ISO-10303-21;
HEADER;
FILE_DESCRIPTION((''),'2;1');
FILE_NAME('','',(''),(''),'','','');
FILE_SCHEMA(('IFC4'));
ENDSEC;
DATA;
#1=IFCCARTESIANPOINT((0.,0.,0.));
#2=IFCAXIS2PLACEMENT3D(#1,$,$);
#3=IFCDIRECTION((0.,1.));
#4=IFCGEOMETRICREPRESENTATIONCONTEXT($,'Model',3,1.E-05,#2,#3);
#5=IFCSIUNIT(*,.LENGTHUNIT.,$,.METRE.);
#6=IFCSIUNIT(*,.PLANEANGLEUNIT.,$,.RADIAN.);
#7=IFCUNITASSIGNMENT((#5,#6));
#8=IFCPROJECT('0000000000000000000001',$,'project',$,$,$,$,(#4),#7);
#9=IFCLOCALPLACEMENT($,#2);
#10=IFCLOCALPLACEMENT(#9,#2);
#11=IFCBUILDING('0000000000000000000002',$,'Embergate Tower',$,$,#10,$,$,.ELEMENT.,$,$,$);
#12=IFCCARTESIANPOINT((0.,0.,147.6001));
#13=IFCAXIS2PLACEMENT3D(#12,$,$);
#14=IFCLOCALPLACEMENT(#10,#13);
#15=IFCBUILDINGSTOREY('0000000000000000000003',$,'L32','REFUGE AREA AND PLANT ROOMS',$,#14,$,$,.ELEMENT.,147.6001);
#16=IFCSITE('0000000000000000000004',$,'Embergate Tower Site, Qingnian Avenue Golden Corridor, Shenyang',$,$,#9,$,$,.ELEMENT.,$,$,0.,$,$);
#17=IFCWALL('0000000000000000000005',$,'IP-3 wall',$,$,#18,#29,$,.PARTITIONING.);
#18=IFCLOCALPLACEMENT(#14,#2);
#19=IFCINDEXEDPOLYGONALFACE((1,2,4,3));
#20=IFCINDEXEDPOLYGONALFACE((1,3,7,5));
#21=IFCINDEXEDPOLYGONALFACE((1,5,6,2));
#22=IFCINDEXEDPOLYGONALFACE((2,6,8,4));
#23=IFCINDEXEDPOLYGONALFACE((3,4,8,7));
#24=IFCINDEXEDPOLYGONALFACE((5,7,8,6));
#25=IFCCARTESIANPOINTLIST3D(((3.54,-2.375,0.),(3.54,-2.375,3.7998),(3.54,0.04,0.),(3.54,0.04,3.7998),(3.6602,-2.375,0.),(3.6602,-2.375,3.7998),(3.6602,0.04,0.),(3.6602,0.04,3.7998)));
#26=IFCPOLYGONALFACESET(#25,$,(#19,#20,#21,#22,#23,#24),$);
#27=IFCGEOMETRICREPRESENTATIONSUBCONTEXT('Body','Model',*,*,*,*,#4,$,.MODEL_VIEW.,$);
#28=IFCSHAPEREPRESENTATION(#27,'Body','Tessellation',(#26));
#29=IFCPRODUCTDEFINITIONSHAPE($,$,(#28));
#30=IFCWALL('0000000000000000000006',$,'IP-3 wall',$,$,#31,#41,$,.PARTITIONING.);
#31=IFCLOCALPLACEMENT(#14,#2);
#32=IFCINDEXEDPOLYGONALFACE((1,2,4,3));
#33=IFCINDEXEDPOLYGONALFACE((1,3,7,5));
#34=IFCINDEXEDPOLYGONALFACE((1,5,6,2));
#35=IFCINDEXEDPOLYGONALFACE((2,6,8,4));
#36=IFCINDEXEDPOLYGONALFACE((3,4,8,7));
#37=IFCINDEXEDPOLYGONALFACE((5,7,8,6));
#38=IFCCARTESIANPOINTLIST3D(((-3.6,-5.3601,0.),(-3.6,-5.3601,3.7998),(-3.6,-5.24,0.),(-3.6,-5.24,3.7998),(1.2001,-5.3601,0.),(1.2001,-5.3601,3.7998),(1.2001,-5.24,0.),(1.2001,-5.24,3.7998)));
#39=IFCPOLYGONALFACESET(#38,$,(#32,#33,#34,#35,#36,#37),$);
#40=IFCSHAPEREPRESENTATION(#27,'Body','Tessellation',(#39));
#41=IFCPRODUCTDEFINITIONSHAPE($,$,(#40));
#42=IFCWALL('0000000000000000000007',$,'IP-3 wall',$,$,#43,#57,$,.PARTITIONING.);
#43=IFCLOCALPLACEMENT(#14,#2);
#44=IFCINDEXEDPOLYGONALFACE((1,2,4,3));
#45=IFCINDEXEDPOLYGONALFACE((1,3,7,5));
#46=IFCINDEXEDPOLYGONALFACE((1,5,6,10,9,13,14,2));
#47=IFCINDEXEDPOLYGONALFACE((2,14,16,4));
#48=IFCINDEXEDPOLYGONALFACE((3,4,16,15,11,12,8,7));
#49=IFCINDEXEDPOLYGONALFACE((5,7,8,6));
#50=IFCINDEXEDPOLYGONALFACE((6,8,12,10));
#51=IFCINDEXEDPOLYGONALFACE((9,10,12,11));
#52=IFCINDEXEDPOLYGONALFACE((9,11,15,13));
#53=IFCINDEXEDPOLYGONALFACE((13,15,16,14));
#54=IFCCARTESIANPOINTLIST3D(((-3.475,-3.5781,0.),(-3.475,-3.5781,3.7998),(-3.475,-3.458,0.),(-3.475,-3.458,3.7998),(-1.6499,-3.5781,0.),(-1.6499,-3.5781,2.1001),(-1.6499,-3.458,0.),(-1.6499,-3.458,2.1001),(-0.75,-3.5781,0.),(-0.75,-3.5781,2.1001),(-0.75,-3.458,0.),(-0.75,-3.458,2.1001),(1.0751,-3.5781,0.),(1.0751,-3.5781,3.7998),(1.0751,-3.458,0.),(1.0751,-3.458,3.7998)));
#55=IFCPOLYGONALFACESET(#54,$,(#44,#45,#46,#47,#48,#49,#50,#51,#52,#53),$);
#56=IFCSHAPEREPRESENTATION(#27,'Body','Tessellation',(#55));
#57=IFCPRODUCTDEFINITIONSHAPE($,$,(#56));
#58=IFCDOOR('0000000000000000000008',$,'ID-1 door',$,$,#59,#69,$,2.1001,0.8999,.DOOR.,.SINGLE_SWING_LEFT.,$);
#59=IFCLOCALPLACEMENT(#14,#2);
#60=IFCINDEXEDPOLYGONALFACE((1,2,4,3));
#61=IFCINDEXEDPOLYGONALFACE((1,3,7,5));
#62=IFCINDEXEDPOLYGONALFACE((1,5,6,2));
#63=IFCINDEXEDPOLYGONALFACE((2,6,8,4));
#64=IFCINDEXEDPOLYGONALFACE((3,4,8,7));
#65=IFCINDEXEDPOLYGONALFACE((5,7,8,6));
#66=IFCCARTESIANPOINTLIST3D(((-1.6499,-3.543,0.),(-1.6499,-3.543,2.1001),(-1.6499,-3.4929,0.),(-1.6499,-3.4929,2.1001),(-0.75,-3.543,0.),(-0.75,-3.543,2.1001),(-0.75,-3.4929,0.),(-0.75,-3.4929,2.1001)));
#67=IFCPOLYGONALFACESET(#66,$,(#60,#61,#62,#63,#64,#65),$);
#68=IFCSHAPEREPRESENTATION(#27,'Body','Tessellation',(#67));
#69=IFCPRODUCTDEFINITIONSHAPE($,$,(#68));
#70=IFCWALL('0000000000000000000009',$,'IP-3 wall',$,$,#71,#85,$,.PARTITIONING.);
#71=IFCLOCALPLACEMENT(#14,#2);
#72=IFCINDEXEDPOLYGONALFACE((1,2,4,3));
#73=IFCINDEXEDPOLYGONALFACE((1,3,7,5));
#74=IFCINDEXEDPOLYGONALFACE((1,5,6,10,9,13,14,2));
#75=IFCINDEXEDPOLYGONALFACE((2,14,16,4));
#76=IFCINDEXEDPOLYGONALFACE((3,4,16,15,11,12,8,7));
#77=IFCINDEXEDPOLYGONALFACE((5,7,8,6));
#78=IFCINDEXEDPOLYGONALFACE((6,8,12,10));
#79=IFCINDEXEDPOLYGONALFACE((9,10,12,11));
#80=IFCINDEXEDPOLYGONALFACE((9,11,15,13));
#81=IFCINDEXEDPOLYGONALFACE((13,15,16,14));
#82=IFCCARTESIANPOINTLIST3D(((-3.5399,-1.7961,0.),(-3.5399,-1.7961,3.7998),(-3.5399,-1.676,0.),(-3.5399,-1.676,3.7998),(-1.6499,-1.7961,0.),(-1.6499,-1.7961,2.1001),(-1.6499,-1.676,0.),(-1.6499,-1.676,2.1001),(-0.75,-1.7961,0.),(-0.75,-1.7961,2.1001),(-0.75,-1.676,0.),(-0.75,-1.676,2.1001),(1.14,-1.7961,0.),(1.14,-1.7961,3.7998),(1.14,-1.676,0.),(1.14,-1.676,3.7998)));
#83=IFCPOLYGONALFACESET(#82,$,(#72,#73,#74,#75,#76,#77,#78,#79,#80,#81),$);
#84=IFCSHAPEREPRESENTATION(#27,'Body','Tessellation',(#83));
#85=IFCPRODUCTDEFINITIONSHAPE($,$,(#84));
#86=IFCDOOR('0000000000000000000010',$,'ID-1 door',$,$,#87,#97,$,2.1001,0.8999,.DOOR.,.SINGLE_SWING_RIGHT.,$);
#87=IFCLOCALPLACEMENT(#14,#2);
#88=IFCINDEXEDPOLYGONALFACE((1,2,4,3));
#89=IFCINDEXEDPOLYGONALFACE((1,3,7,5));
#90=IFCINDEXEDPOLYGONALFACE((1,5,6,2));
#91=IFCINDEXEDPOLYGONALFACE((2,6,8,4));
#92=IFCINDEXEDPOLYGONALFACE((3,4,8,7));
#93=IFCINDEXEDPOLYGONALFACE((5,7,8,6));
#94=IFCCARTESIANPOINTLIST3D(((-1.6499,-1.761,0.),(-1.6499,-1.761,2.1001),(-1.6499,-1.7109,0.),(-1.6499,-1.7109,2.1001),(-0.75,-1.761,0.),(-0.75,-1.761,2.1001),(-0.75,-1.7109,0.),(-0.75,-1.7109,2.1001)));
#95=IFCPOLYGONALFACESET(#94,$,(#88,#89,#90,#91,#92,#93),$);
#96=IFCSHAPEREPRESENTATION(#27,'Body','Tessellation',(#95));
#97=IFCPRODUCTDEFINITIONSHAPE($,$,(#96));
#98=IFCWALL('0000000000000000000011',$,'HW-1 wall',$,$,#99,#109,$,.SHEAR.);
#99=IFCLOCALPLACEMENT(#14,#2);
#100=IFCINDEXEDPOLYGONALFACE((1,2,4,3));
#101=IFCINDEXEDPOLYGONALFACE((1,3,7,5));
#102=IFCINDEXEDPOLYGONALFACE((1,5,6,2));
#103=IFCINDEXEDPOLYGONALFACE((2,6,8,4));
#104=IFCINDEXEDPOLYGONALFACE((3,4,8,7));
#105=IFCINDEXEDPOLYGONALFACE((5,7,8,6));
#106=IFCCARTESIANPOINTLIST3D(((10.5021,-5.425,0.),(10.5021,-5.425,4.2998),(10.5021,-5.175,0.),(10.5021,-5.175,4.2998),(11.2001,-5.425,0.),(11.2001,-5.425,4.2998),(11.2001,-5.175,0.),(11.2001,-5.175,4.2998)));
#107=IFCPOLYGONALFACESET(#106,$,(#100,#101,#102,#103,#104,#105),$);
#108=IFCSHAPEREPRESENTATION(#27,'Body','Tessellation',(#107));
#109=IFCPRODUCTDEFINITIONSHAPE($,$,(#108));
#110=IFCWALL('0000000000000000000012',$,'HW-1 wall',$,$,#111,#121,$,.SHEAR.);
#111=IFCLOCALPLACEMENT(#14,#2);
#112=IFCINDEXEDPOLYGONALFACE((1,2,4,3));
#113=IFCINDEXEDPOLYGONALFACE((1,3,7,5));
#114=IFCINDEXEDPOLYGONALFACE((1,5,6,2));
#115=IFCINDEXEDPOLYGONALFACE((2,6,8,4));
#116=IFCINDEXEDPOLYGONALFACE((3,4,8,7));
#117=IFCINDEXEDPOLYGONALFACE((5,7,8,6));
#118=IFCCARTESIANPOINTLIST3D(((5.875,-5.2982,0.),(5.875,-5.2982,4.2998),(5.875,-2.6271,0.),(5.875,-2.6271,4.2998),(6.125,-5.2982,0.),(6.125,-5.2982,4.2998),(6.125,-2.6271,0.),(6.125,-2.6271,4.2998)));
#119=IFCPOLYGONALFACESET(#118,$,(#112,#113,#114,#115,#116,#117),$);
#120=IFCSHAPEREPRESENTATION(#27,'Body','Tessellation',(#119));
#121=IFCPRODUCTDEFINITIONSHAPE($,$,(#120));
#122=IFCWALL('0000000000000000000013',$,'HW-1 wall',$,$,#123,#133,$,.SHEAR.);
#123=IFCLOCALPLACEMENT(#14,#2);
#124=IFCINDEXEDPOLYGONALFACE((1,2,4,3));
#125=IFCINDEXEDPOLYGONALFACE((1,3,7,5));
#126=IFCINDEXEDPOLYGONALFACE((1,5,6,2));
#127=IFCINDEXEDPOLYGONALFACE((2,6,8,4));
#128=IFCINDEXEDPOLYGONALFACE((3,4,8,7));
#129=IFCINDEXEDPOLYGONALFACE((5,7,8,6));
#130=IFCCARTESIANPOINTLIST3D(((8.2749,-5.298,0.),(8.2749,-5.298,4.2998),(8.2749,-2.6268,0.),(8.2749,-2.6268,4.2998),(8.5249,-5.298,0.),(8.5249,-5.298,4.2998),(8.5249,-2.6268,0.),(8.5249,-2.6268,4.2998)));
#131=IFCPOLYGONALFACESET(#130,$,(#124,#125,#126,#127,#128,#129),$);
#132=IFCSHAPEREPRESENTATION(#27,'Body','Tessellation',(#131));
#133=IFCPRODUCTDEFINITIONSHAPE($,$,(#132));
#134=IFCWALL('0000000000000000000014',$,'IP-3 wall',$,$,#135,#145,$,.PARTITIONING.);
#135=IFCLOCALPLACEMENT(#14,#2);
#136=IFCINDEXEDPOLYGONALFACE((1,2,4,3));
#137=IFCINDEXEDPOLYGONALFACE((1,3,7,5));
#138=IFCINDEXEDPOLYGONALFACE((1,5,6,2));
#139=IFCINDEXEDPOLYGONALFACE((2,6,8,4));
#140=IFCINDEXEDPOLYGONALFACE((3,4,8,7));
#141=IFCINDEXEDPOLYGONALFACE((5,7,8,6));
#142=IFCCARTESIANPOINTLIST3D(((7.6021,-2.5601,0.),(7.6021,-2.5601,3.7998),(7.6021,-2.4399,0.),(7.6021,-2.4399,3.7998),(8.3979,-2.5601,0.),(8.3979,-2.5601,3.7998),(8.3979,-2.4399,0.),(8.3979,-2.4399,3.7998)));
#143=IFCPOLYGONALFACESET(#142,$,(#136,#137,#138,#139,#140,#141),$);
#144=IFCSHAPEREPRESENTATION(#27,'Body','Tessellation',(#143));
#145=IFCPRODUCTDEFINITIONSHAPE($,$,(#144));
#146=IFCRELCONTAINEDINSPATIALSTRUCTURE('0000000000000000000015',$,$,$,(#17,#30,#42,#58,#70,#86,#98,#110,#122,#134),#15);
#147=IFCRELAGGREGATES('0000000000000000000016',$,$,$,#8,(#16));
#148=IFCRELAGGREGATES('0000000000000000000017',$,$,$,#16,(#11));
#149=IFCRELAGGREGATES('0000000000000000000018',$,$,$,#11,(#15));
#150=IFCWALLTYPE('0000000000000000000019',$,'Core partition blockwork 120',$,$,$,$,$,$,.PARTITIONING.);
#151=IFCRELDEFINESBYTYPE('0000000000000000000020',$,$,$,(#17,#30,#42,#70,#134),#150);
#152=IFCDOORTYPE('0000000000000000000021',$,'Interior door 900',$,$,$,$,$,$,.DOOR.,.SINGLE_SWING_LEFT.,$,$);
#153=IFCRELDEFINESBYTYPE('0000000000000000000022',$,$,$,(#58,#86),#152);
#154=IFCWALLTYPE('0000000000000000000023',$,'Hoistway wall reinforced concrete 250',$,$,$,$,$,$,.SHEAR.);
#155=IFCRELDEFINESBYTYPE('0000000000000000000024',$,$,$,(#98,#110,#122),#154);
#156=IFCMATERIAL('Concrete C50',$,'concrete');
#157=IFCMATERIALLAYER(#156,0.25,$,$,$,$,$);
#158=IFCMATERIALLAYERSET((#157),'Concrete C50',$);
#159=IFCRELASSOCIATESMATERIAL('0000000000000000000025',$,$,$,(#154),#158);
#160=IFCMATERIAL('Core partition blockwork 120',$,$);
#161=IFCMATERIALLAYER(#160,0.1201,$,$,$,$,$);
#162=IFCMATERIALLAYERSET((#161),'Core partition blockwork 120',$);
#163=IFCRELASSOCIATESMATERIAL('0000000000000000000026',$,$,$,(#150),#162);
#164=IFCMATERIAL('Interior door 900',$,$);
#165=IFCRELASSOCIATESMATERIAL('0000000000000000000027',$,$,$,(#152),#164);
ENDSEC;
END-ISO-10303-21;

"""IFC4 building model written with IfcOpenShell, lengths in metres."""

from ifc_helpers import new_model, si_unit, direction, frame, frame_2d, origin, place, context, subcontext, project, spatial, rectangle, extrude, source, transform, mapped, material, layer, layer_set, type_object, element, fill, save


model = new_model("IFC4")

# Units and contexts
model_context = context("Model", 3, precision=1e-05, world=origin(), true_north=direction((0.0, 1.0)))
body_context = subcontext(model_context, "Body", "Model", "MODEL_VIEW")
ifc_project = project(units=[si_unit("LENGTHUNIT", "METRE"), si_unit("PLANEANGLEUNIT", "RADIAN")], contexts=[model_context])

# Site, building, storey
site_placement = place(None, origin())
site = spatial("IfcSite", under=ifc_project, at=site_placement, Name="Embergate Tower Site, Qingnian Avenue Golden Corridor, Shenyang", CompositionType="ELEMENT", RefElevation=0.0)
building_placement = place(site_placement, origin())
building = spatial("IfcBuilding", under=site, at=building_placement, Name="Embergate Tower", CompositionType="ELEMENT")
storey_placement = place(building_placement, frame((0.0, 0.0, 147.6001)))
storey = spatial("IfcBuildingStorey", under=building, at=storey_placement, Name="L32", Description="REFUGE AREA AND PLANT ROOMS", CompositionType="ELEMENT", Elevation=147.6001)

# Shared definitions
ifc_material_1 = material(Name="Concrete C50", Category="concrete")
ifc_layer_1 = layer(ifc_material_1, 0.25)
ifc_layer_set_1 = layer_set([ifc_layer_1], Name="Concrete C50")
wall_type_1 = type_object("IfcWallType", Name="Hoistway wall reinforced concrete 250", PredefinedType="SHEAR", material=ifc_layer_set_1)

# Walls
ifc_material_2 = material(Name="Core partition blockwork 120")
ifc_layer_2 = layer(ifc_material_2, 0.1201)
ifc_layer_set_2 = layer_set([ifc_layer_2], Name="Core partition blockwork 120")
wall_type_2 = type_object("IfcWallType", Name="Core partition blockwork 120", PredefinedType="PARTITIONING", material=ifc_layer_set_2)
shared_shape_1 = source(origin(), body_context, "Body", "SweptSolid", [
    extrude(rectangle(XDim=2.415, YDim=0.1201, at=frame_2d((1.2075, 0.0))), origin(), (0.0, 0.0, 1.0), 3.7998),
])
wall_1_placement = place(storey_placement, frame((3.6001, -2.375, 0.0), z_axis=(0.0, 0.0, 1.0), x_axis=(0.0, 1.0, 0.0)))
element("IfcWall", 1, at=wall_1_placement, inside=storey, type_object=wall_type_2, Name="IP-3 wall", PredefinedType="PARTITIONING", context=body_context, shape_type="MappedRepresentation", body=[
    mapped(shared_shape_1, transform((0.0, 0.0, 0.0))),
])
shared_shape_2 = source(origin(), body_context, "Body", "SweptSolid", [
    extrude(rectangle(XDim=4.8, YDim=0.1201, at=frame_2d((2.3999, 0.0))), origin(), (0.0, 0.0, 1.0), 3.7998),
])
wall_2_placement = place(storey_placement, frame((1.2, -5.3, 0.0), z_axis=(0.0, 0.0, 1.0), x_axis=(-1.0, 0.0, 0.0)))
element("IfcWall", 2, at=wall_2_placement, inside=storey, type_object=wall_type_2, Name="IP-3 wall", PredefinedType="PARTITIONING", context=body_context, shape_type="MappedRepresentation", body=[
    mapped(shared_shape_2, transform((0.0, 0.0, 0.0))),
])

# Walls, openings, doors
shared_shape_3 = source(origin(), body_context, "Body", "SweptSolid", [
    extrude(rectangle(XDim=4.55, YDim=0.1201, at=frame_2d((2.2749, 0.0))), origin(), (0.0, 0.0, 1.0), 3.7998),
])
wall_3_placement = place(storey_placement, frame((1.075, -3.5181, 0.0), z_axis=(0.0, 0.0, 1.0), x_axis=(-1.0, 0.0, 0.0)))
wall_3 = element("IfcWall", 3, at=wall_3_placement, inside=storey, type_object=wall_type_2, Name="IP-3 wall", PredefinedType="PARTITIONING", context=body_context, shape_type="MappedRepresentation", body=[
    mapped(shared_shape_3, transform((0.0, 0.0, 0.0))),
])
shared_shape_4 = source(origin(), body_context, "Body", "SweptSolid", [
    extrude(rectangle(XDim=0.8999, YDim=2.1001, at=frame_2d((0.45, 1.05))), frame((0.0, 0.0701, 0.0), z_axis=(0.0, -1.0, 0.0), x_axis=(1.0, 0.0, 0.0)), (0.0, 0.0, 1.0), 0.1401),
])
opening_1_placement = place(wall_3_placement, frame((1.825, 0.0, 0.0)))
opening_1 = element("IfcOpeningElement", 4, at=opening_1_placement, cuts=wall_3, PredefinedType="OPENING", context=body_context, shape_type="MappedRepresentation", body=[
    mapped(shared_shape_4, transform((0.0, 0.0, 0.0))),
])
ifc_material_3 = material(Name="Interior door 900")
door_type_1 = type_object("IfcDoorType", Name="Interior door 900", OperationType="SINGLE_SWING_LEFT", PredefinedType="DOOR", material=ifc_material_3)
shared_shape_5 = source(origin(), body_context, "Body", "SweptSolid", [
    extrude(rectangle(XDim=0.8999, YDim=2.1001, at=frame_2d((0.45, 1.05))), frame((0.0, 0.0249, 0.0), z_axis=(0.0, -1.0, 0.0), x_axis=(1.0, 0.0, 0.0)), (0.0, 0.0, 1.0), 0.05),
])
door_1_placement = place(opening_1_placement, origin())
door_1 = element("IfcDoor", 5, at=door_1_placement, inside=storey, type_object=door_type_1, Name="ID-1 door", OperationType="SINGLE_SWING_LEFT", OverallHeight=2.1001, OverallWidth=0.8999, PredefinedType="DOOR", context=body_context, shape_type="MappedRepresentation", body=[
    mapped(shared_shape_5, transform((0.0, 0.0, 0.0))),
])
fill(opening_1, door_1)
shared_shape_6 = source(origin(), body_context, "Body", "SweptSolid", [
    extrude(rectangle(XDim=4.6799, YDim=0.1201, at=frame_2d((2.3398, 0.0))), origin(), (0.0, 0.0, 1.0), 3.7998),
])
wall_4_placement = place(storey_placement, frame((1.1399, -1.7361, 0.0), z_axis=(0.0, 0.0, 1.0), x_axis=(-1.0, 0.0, 0.0)))
wall_4 = element("IfcWall", 6, at=wall_4_placement, inside=storey, type_object=wall_type_2, Name="IP-3 wall", PredefinedType="PARTITIONING", context=body_context, shape_type="MappedRepresentation", body=[
    mapped(shared_shape_6, transform((0.0, 0.0, 0.0))),
])
opening_2_placement = place(wall_4_placement, frame((1.8899, 0.0, 0.0)))
opening_2 = element("IfcOpeningElement", 7, at=opening_2_placement, cuts=wall_4, PredefinedType="OPENING", context=body_context, shape_type="MappedRepresentation", body=[
    mapped(shared_shape_4, transform((0.0, 0.0, 0.0))),
])
door_2_placement = place(opening_2_placement, origin())
door_2 = element("IfcDoor", 8, at=door_2_placement, inside=storey, type_object=door_type_1, Name="ID-1 door", OperationType="SINGLE_SWING_RIGHT", OverallHeight=2.1001, OverallWidth=0.8999, PredefinedType="DOOR", context=body_context, shape_type="MappedRepresentation", body=[
    mapped(shared_shape_5, transform((0.0, 0.0, 0.0))),
])
fill(opening_2, door_2)

# Walls
shared_shape_7 = source(origin(), body_context, "Body", "SweptSolid", [
    extrude(rectangle(XDim=0.698, YDim=0.25, at=frame_2d((0.3491, 0.0))), origin(), (0.0, 0.0, 1.0), 4.2998),
])
wall_5_placement = place(storey_placement, frame((10.502, -5.3, 0.0), z_axis=(0.0, 0.0, 1.0), x_axis=(1.0, 0.0, 0.0)))
element("IfcWall", 9, at=wall_5_placement, inside=storey, type_object=wall_type_1, Name="HW-1 wall", PredefinedType="SHEAR", context=body_context, shape_type="MappedRepresentation", body=[
    mapped(shared_shape_7, transform((0.0, 0.0, 0.0))),
])
shared_shape_8 = source(origin(), body_context, "Body", "SweptSolid", [
    extrude(rectangle(XDim=2.6711, YDim=0.25, at=frame_2d((1.3354, 0.0))), origin(), (0.0, 0.0, 1.0), 4.2998),
])
for number, where, z_axis, x_axis, name in (
    (10, (6.0, -5.2981, 0.0), (0.0, 0.0, 1.0), (0.0, 1.0, 0.0), "HW-1 wall"),
    (11, (8.3999, -2.627, 0.0), (0.0, 0.0, 1.0), (0.0, -1.0, 0.0), "HW-1 wall"),
):
    element("IfcWall", number, at=place(storey_placement, frame(where, z_axis=z_axis, x_axis=x_axis)), inside=storey, type_object=wall_type_1, Name=name, PredefinedType="SHEAR", context=body_context, shape_type="MappedRepresentation", body=[
        mapped(shared_shape_8, transform((0.0, 0.0, 0.0))),
    ])
shared_shape_9 = source(origin(), body_context, "Body", "SweptSolid", [
    extrude(rectangle(XDim=0.7959, YDim=0.1201, at=frame_2d((0.3979, 0.0))), origin(), (0.0, 0.0, 1.0), 3.7998),
])
wall_6_placement = place(storey_placement, frame((7.6021, -2.5, 0.0), z_axis=(0.0, 0.0, 1.0), x_axis=(1.0, 0.0, 0.0)))
element("IfcWall", 12, at=wall_6_placement, inside=storey, type_object=wall_type_2, Name="IP-3 wall", PredefinedType="PARTITIONING", context=body_context, shape_type="MappedRepresentation", body=[
    mapped(shared_shape_9, transform((0.0, 0.0, 0.0))),
])

save(model, "model.ifc")
